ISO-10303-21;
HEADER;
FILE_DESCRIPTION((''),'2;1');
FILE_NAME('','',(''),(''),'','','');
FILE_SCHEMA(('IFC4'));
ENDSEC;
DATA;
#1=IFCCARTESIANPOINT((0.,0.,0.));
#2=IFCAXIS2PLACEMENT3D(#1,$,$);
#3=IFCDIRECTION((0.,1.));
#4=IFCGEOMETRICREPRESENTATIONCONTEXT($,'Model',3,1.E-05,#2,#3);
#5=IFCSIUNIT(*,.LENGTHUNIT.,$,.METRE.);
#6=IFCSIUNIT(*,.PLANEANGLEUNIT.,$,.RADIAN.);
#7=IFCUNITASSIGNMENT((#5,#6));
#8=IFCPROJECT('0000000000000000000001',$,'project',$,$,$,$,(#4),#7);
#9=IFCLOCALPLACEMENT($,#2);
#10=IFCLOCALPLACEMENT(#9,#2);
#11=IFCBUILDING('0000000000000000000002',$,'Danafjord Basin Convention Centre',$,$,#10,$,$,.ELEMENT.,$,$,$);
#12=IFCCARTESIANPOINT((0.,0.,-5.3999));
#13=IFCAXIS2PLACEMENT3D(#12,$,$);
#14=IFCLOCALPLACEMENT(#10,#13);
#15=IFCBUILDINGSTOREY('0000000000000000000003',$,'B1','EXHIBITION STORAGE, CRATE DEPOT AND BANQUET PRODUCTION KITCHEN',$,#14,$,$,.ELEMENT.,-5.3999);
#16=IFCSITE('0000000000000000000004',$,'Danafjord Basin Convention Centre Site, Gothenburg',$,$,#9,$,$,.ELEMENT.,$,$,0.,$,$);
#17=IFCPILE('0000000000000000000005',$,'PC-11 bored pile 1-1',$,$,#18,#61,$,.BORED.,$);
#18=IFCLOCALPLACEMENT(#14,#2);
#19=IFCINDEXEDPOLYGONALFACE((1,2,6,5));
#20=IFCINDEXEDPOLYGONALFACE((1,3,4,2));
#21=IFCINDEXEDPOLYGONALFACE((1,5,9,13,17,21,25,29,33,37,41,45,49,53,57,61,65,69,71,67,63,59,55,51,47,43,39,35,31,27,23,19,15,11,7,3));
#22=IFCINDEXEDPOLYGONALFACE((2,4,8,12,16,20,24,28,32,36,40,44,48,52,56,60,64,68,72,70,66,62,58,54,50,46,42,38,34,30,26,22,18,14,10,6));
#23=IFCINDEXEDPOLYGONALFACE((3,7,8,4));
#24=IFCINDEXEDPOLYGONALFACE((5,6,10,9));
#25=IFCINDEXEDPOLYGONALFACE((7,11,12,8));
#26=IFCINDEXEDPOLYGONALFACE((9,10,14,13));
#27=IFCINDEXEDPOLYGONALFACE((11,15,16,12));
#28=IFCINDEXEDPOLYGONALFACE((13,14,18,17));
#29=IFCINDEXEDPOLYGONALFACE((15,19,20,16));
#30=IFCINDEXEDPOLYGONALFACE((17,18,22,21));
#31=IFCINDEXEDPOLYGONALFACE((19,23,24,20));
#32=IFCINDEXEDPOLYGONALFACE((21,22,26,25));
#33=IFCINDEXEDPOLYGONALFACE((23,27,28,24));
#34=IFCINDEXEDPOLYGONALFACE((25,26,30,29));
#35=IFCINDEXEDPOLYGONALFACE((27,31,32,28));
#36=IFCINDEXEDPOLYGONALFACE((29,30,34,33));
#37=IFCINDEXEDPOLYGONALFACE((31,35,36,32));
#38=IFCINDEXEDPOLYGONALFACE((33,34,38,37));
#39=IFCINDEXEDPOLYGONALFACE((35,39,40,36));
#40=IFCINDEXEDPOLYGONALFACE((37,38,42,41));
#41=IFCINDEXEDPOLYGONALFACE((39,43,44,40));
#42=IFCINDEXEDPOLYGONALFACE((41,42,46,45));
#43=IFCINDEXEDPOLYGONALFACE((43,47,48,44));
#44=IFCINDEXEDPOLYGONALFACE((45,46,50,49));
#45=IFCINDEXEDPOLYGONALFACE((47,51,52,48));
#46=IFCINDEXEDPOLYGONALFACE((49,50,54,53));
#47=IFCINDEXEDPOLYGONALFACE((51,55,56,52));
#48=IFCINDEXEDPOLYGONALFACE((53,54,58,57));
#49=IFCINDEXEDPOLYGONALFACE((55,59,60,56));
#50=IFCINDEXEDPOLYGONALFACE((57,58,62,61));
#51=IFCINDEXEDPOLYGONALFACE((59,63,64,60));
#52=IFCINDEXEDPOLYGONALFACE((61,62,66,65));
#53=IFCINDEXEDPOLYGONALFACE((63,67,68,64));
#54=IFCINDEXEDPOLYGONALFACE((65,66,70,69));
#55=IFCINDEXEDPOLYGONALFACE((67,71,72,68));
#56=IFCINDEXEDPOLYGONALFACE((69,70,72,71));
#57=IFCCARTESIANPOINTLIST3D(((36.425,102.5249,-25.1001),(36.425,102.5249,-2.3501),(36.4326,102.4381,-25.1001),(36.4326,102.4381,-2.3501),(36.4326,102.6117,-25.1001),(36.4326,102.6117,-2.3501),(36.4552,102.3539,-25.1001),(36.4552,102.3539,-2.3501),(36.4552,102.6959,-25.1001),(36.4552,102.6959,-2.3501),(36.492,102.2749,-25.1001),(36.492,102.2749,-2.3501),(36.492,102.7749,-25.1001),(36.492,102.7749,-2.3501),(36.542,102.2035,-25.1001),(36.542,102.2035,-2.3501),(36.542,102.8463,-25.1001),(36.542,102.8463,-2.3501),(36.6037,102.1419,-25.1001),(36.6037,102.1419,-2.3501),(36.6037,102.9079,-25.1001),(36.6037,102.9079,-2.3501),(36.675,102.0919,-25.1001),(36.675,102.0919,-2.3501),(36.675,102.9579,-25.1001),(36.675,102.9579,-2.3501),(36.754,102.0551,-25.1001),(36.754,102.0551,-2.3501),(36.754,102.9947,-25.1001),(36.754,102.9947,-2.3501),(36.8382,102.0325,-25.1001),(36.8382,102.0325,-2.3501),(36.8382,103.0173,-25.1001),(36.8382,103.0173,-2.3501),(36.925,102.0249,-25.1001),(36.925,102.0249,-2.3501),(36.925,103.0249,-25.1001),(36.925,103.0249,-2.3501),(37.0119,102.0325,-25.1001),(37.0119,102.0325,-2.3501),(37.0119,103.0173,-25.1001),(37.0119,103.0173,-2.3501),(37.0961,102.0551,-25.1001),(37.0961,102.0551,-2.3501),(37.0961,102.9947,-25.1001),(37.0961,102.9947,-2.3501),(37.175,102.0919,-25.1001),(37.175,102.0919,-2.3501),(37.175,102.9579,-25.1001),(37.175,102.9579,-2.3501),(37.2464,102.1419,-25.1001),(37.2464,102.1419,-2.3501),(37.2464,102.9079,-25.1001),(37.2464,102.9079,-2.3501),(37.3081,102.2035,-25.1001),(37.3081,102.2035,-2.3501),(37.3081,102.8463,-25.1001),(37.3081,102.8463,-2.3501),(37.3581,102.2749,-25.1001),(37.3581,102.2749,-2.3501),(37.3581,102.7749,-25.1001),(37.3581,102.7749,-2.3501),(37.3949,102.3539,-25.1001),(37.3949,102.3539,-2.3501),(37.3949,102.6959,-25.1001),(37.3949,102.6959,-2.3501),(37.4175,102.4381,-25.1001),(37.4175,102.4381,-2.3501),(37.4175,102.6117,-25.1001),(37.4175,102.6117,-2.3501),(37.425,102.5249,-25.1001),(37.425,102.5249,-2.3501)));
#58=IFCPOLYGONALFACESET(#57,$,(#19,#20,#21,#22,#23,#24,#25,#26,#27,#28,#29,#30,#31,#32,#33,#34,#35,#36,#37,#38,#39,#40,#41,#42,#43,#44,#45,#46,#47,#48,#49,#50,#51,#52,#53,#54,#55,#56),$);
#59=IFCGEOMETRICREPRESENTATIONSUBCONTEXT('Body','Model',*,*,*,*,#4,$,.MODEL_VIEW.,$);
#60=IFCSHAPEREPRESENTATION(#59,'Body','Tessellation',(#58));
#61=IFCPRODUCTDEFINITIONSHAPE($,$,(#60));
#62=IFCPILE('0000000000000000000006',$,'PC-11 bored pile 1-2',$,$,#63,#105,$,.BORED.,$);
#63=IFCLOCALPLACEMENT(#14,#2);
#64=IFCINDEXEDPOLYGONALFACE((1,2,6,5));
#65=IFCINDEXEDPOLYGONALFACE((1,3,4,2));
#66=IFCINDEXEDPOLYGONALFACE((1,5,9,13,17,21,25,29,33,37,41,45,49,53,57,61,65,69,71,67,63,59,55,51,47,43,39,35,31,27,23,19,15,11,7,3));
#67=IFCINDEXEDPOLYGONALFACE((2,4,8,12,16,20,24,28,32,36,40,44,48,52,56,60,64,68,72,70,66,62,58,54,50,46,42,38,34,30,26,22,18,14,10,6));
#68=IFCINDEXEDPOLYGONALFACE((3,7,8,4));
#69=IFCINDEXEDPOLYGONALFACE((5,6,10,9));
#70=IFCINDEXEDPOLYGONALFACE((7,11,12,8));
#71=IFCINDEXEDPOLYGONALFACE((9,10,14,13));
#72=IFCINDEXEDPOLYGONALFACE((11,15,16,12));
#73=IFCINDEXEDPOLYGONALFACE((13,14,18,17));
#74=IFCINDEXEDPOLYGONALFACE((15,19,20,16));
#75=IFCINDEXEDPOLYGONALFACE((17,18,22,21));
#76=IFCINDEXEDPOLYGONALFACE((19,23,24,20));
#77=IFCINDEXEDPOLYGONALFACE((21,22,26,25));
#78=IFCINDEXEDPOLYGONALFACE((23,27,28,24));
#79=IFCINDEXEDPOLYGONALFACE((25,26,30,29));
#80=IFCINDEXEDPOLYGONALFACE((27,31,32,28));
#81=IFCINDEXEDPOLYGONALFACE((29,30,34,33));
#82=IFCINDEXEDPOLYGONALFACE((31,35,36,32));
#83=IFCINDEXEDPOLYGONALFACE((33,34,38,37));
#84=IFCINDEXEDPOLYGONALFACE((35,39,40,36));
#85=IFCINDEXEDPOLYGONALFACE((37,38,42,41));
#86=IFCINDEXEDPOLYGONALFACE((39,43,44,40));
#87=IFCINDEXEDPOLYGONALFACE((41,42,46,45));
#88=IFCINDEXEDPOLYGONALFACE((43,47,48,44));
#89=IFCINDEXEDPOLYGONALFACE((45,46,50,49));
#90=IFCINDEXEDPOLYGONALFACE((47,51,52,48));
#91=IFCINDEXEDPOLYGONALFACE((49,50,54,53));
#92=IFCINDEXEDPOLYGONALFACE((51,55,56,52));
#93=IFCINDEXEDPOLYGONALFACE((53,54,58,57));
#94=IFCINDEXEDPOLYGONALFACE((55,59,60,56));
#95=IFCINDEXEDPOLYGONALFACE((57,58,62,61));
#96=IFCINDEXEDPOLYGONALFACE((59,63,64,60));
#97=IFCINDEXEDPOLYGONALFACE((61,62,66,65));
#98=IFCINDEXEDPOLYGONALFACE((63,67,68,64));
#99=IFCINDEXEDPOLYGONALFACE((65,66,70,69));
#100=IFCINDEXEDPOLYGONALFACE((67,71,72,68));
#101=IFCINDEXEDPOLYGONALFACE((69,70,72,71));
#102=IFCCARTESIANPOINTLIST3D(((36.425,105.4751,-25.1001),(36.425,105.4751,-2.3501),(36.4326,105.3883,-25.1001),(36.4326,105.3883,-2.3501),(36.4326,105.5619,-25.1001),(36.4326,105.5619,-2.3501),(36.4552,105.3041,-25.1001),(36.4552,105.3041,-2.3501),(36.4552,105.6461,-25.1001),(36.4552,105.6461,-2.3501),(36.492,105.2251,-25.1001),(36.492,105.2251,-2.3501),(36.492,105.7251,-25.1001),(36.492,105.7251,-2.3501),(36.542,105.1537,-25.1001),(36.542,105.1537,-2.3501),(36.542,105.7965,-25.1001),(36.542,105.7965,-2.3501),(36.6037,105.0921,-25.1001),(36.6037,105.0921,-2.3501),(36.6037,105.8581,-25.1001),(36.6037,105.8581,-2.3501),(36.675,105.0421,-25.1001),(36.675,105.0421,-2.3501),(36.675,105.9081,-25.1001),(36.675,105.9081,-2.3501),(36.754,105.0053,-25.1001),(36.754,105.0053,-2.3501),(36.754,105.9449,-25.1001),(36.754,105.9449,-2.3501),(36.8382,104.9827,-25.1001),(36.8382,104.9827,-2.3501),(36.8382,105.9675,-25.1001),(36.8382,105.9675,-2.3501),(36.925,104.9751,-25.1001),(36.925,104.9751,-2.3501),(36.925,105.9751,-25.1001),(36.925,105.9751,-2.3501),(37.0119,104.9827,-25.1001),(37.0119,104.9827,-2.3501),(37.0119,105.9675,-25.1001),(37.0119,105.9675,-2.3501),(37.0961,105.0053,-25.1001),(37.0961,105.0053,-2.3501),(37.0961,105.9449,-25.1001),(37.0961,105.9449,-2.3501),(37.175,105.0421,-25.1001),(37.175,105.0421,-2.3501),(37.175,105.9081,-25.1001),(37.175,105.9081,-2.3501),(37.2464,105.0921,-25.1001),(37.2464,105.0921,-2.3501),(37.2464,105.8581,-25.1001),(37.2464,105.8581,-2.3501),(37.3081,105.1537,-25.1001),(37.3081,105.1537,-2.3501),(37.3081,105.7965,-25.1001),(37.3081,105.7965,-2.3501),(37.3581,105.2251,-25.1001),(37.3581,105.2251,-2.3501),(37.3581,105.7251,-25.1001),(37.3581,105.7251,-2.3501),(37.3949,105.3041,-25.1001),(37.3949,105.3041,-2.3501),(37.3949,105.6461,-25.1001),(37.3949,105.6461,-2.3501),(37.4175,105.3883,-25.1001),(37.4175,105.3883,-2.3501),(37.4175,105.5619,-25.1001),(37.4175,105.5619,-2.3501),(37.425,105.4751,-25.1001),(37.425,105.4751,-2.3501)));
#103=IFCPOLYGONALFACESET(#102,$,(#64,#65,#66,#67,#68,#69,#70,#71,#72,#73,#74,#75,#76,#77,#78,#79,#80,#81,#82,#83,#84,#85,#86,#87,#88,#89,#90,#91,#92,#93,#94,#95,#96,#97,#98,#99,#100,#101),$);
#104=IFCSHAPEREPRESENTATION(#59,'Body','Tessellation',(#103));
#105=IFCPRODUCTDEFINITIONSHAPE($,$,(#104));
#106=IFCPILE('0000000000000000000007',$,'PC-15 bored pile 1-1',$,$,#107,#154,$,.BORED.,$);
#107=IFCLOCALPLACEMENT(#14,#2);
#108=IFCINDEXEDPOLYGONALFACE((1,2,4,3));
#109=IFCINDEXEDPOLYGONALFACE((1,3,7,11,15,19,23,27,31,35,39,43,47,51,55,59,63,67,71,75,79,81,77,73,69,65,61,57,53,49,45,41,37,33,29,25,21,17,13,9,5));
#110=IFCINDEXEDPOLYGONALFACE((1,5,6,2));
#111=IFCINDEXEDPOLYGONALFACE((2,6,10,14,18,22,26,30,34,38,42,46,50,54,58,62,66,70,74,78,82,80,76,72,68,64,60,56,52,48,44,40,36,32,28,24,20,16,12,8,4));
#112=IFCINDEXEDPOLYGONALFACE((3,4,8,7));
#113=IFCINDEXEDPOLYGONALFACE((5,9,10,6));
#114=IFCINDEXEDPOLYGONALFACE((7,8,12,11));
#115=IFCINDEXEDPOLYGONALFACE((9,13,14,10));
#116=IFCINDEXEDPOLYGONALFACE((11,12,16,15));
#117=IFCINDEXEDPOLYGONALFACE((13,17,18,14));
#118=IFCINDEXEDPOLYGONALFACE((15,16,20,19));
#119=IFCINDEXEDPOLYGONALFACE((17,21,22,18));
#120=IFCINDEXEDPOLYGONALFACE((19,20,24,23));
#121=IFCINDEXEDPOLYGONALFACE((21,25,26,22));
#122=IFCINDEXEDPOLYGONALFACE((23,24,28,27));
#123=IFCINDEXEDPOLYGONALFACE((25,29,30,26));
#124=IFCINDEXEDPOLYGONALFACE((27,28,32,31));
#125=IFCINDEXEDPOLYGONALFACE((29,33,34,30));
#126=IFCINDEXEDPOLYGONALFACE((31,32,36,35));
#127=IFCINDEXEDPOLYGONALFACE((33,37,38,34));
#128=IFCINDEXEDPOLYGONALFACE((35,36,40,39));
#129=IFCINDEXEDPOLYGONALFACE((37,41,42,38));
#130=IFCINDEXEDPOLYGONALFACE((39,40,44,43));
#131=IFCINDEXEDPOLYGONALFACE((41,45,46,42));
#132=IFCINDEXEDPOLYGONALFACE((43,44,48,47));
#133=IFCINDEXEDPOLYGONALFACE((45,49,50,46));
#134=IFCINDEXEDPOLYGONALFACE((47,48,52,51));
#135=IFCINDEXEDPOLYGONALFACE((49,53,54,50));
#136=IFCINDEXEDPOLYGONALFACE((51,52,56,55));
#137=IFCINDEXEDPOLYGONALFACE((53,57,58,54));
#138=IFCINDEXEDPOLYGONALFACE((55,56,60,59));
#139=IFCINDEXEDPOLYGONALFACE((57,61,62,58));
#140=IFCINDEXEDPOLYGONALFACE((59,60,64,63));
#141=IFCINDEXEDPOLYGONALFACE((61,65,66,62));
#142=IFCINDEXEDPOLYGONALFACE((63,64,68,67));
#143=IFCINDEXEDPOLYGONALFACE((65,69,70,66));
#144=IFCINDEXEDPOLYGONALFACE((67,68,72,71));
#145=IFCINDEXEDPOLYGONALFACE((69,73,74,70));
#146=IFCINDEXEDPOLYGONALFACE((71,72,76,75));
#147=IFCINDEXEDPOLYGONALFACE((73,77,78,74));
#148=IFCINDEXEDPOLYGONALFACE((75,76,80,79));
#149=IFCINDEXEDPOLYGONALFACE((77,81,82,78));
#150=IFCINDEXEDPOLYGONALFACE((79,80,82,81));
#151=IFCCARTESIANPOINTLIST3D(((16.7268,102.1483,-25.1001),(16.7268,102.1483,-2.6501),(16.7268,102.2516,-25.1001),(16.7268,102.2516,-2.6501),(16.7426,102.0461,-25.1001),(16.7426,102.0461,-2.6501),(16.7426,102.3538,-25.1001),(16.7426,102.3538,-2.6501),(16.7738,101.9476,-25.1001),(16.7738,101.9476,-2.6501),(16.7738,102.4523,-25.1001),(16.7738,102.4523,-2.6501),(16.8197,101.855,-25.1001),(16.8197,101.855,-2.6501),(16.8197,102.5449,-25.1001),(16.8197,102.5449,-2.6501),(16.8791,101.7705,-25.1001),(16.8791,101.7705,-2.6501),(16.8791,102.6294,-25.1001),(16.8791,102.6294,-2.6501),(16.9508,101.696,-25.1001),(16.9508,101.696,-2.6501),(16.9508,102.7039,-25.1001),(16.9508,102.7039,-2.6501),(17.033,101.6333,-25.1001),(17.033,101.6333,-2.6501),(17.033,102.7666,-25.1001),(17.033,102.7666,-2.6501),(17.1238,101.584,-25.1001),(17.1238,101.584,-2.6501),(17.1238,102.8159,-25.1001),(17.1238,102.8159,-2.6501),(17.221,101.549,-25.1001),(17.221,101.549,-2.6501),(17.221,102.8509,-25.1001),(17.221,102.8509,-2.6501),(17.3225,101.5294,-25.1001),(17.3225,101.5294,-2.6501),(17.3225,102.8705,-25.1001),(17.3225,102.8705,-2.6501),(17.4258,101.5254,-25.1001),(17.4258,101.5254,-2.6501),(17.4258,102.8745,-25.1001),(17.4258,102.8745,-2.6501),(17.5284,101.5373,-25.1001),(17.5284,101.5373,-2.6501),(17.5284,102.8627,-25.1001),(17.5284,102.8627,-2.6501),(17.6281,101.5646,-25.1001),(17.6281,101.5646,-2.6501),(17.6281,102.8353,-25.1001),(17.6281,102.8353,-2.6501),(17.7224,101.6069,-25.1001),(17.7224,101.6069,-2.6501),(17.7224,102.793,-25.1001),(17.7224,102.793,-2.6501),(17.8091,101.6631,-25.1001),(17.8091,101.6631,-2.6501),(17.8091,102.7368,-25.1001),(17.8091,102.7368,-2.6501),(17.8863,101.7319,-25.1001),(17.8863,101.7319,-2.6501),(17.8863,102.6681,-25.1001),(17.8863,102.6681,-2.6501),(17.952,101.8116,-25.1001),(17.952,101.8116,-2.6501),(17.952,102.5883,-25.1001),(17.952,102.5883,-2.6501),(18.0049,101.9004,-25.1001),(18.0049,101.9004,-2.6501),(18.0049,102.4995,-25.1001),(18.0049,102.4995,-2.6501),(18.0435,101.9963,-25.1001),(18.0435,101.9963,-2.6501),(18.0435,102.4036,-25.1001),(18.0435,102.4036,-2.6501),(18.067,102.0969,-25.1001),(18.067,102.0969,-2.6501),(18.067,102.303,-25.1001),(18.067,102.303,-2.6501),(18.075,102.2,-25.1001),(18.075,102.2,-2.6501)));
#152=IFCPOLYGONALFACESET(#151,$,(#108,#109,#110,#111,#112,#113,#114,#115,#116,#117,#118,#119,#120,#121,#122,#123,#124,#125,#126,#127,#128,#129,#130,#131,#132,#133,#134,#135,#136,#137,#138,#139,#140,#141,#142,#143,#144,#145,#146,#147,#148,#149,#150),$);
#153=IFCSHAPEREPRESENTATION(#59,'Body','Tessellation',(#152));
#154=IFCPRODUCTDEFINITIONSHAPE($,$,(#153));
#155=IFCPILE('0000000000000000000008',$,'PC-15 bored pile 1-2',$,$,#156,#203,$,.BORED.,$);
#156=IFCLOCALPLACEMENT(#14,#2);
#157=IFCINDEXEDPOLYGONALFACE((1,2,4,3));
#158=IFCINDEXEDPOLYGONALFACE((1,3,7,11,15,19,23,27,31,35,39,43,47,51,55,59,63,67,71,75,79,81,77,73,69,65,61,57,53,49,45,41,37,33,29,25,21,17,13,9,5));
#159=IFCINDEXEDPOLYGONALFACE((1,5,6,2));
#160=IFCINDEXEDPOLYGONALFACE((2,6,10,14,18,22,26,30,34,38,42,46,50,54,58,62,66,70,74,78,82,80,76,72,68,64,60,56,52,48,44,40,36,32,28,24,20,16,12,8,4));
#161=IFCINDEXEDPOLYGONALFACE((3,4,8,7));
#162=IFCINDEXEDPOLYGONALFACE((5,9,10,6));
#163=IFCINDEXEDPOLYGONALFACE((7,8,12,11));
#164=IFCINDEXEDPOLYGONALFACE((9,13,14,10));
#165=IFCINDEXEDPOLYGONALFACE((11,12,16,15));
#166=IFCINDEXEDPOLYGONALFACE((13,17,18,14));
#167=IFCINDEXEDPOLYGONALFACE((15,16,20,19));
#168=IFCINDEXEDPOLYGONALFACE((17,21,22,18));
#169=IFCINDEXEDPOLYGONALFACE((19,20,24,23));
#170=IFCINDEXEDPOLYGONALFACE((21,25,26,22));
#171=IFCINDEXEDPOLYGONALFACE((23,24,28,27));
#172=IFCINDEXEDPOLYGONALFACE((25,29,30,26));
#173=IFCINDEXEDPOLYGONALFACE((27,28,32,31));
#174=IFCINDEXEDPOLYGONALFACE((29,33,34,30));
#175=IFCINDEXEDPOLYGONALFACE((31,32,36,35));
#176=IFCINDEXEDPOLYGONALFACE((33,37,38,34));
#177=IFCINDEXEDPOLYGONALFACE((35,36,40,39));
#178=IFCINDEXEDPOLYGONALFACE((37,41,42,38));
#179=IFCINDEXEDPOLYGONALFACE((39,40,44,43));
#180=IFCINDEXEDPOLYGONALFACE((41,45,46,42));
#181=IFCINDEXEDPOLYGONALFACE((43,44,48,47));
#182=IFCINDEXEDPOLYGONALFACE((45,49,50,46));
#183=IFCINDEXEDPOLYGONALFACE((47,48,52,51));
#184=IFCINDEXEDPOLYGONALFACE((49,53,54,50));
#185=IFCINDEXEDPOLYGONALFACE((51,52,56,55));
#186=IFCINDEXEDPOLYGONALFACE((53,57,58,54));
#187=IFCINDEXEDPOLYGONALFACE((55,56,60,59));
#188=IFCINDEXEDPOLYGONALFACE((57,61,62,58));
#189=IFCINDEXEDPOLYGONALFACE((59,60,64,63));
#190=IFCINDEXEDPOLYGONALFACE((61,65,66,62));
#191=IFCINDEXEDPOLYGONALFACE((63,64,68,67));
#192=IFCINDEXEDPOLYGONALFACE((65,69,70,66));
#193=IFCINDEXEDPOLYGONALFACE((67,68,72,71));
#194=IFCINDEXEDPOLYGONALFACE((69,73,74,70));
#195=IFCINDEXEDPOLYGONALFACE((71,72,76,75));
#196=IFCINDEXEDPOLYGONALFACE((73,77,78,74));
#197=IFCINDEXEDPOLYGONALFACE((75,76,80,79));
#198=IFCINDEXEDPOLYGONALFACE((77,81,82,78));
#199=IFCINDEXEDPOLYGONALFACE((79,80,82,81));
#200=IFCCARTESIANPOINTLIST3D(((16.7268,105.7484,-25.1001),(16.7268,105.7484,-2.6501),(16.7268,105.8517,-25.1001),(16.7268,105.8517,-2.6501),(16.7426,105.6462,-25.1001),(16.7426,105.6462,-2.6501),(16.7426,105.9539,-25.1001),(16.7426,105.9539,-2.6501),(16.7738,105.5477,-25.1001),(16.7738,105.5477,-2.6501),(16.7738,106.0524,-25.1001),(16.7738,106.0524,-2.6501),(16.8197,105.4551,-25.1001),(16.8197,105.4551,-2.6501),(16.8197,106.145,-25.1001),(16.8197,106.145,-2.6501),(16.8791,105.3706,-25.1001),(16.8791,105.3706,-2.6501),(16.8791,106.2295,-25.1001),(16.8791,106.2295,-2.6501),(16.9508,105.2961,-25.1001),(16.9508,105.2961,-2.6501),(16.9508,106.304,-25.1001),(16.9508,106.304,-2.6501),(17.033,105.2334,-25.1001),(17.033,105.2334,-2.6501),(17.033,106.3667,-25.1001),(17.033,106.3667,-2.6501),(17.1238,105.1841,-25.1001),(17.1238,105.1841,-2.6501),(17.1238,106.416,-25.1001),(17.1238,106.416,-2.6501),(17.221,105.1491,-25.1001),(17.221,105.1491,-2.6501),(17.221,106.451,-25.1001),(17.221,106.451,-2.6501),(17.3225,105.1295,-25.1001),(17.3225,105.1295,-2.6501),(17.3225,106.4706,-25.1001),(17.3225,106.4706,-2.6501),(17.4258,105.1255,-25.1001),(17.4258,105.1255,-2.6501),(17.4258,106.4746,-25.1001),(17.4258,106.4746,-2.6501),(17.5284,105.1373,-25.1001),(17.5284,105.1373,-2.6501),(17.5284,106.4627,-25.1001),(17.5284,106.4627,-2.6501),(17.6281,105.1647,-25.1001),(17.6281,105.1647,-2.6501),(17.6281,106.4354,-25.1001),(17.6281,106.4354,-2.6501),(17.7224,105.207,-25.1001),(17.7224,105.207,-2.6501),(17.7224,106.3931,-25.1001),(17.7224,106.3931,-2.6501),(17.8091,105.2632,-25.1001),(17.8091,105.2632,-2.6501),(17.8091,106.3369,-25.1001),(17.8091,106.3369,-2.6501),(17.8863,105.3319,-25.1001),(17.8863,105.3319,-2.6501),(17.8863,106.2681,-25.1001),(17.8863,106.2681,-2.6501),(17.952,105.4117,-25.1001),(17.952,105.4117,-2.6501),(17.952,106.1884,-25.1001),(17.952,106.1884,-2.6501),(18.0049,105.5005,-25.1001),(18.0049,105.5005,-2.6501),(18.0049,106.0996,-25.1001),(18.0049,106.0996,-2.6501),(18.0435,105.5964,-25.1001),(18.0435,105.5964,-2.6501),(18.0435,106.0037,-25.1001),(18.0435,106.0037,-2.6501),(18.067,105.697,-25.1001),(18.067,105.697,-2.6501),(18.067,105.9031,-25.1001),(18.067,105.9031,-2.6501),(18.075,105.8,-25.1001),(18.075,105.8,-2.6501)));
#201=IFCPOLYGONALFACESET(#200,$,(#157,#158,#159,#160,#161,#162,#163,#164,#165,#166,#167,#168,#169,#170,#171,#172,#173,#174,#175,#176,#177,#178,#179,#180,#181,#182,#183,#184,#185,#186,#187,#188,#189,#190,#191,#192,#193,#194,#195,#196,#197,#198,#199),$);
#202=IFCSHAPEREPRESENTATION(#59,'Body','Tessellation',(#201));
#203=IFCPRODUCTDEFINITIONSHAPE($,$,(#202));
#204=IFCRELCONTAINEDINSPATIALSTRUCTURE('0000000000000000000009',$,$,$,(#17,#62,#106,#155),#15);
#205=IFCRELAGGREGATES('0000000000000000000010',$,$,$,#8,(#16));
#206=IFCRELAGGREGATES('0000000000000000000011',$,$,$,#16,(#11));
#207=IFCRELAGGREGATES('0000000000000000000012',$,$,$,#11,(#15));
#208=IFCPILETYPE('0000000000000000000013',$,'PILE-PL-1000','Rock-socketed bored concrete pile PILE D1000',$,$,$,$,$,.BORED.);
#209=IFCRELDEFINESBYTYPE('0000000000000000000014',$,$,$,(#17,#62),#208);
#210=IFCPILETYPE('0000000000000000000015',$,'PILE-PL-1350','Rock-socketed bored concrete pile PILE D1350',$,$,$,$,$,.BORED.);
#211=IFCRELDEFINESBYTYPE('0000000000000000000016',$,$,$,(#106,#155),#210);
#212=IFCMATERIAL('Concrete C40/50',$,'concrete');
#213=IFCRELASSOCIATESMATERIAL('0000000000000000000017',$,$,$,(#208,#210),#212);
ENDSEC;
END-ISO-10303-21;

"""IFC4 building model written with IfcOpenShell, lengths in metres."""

from ifc_helpers import new_model, si_unit, direction, frame, origin, origin_2d, place, context, subcontext, project, spatial, circle, extrude, material, material_profile, profile_set, type_object, element, save


model = new_model("IFC4")

# Units and contexts
model_context = context("Model", 3, precision=1e-05, world=origin(), true_north=direction((0.0, 1.0)))
body_context = subcontext(model_context, "Body", "Model", "MODEL_VIEW")
ifc_project = project(units=[si_unit("LENGTHUNIT", "METRE"), si_unit("PLANEANGLEUNIT", "RADIAN")], contexts=[model_context])

# Site, building, storey
site_placement = place(None, origin())
site = spatial("IfcSite", under=ifc_project, at=site_placement, Name="Danafjord Basin Convention Centre Site, Gothenburg", CompositionType="ELEMENT", RefElevation=0.0)
building_placement = place(site_placement, origin())
building = spatial("IfcBuilding", under=site, at=building_placement, Name="Danafjord Basin Convention Centre", CompositionType="ELEMENT")
storey_placement = place(building_placement, frame((0.0, 0.0, -5.3999)))
storey = spatial("IfcBuildingStorey", under=building, at=storey_placement, Name="B1", Description="EXHIBITION STORAGE, CRATE DEPOT AND BANQUET PRODUCTION KITCHEN", CompositionType="ELEMENT", Elevation=-5.3999)

# Shared definitions
ifc_material_1 = material(Name="Concrete C40/50", Category="concrete")

# Piles
ifc_material_profile_1 = material_profile(ifc_material_1, circle(Radius=0.5, at=origin_2d()), Name="PILE D1000")
ifc_profile_set_1 = profile_set([ifc_material_profile_1], Name="Concrete C40/50")
pile_type_1 = type_object("IfcPileType", Name="PILE-PL-1000", Description="Rock-socketed bored concrete pile PILE D1000", PredefinedType="BORED", material=ifc_profile_set_1)
for number, where, z_axis, x_axis, name in (
    (1, (36.925, 102.5249, -2.3501), (0.0, 0.0, -1.0), (1.0, 0.0, 0.0), "PC-11 bored pile 1-1"),
    (2, (36.925, 105.4751, -2.3501), (0.0, 0.0, -1.0), (1.0, 0.0, 0.0), "PC-11 bored pile 1-2"),
):
    element("IfcPile", number, at=place(storey_placement, frame(where, z_axis=z_axis, x_axis=x_axis)), inside=storey, type_object=pile_type_1, Name=name, PredefinedType="BORED", context=body_context, shape_type="SweptSolid", body=[
        extrude(circle(Radius=0.5, at=origin_2d()), origin(), (0.0, 0.0, 1.0), 22.75),
    ])
ifc_material_profile_2 = material_profile(ifc_material_1, circle(Radius=0.675, at=origin_2d()), Name="PILE D1350")
ifc_profile_set_2 = profile_set([ifc_material_profile_2], Name="Concrete C40/50")
pile_type_2 = type_object("IfcPileType", Name="PILE-PL-1350", Description="Rock-socketed bored concrete pile PILE D1350", PredefinedType="BORED", material=ifc_profile_set_2)
for number, where, z_axis, x_axis, name in (
    (3, (17.3999, 102.2, -2.6501), (0.0, 0.0, -1.0), (1.0, 0.0, 0.0), "PC-15 bored pile 1-1"),
    (4, (17.3999, 105.8, -2.6501), (0.0, 0.0, -1.0), (1.0, 0.0, 0.0), "PC-15 bored pile 1-2"),
):
    element("IfcPile", number, at=place(storey_placement, frame(where, z_axis=z_axis, x_axis=x_axis)), inside=storey, type_object=pile_type_2, Name=name, PredefinedType="BORED", context=body_context, shape_type="SweptSolid", body=[
        extrude(circle(Radius=0.675, at=origin_2d()), origin(), (0.0, 0.0, 1.0), 22.45),
    ])

save(model, "model.ifc")
